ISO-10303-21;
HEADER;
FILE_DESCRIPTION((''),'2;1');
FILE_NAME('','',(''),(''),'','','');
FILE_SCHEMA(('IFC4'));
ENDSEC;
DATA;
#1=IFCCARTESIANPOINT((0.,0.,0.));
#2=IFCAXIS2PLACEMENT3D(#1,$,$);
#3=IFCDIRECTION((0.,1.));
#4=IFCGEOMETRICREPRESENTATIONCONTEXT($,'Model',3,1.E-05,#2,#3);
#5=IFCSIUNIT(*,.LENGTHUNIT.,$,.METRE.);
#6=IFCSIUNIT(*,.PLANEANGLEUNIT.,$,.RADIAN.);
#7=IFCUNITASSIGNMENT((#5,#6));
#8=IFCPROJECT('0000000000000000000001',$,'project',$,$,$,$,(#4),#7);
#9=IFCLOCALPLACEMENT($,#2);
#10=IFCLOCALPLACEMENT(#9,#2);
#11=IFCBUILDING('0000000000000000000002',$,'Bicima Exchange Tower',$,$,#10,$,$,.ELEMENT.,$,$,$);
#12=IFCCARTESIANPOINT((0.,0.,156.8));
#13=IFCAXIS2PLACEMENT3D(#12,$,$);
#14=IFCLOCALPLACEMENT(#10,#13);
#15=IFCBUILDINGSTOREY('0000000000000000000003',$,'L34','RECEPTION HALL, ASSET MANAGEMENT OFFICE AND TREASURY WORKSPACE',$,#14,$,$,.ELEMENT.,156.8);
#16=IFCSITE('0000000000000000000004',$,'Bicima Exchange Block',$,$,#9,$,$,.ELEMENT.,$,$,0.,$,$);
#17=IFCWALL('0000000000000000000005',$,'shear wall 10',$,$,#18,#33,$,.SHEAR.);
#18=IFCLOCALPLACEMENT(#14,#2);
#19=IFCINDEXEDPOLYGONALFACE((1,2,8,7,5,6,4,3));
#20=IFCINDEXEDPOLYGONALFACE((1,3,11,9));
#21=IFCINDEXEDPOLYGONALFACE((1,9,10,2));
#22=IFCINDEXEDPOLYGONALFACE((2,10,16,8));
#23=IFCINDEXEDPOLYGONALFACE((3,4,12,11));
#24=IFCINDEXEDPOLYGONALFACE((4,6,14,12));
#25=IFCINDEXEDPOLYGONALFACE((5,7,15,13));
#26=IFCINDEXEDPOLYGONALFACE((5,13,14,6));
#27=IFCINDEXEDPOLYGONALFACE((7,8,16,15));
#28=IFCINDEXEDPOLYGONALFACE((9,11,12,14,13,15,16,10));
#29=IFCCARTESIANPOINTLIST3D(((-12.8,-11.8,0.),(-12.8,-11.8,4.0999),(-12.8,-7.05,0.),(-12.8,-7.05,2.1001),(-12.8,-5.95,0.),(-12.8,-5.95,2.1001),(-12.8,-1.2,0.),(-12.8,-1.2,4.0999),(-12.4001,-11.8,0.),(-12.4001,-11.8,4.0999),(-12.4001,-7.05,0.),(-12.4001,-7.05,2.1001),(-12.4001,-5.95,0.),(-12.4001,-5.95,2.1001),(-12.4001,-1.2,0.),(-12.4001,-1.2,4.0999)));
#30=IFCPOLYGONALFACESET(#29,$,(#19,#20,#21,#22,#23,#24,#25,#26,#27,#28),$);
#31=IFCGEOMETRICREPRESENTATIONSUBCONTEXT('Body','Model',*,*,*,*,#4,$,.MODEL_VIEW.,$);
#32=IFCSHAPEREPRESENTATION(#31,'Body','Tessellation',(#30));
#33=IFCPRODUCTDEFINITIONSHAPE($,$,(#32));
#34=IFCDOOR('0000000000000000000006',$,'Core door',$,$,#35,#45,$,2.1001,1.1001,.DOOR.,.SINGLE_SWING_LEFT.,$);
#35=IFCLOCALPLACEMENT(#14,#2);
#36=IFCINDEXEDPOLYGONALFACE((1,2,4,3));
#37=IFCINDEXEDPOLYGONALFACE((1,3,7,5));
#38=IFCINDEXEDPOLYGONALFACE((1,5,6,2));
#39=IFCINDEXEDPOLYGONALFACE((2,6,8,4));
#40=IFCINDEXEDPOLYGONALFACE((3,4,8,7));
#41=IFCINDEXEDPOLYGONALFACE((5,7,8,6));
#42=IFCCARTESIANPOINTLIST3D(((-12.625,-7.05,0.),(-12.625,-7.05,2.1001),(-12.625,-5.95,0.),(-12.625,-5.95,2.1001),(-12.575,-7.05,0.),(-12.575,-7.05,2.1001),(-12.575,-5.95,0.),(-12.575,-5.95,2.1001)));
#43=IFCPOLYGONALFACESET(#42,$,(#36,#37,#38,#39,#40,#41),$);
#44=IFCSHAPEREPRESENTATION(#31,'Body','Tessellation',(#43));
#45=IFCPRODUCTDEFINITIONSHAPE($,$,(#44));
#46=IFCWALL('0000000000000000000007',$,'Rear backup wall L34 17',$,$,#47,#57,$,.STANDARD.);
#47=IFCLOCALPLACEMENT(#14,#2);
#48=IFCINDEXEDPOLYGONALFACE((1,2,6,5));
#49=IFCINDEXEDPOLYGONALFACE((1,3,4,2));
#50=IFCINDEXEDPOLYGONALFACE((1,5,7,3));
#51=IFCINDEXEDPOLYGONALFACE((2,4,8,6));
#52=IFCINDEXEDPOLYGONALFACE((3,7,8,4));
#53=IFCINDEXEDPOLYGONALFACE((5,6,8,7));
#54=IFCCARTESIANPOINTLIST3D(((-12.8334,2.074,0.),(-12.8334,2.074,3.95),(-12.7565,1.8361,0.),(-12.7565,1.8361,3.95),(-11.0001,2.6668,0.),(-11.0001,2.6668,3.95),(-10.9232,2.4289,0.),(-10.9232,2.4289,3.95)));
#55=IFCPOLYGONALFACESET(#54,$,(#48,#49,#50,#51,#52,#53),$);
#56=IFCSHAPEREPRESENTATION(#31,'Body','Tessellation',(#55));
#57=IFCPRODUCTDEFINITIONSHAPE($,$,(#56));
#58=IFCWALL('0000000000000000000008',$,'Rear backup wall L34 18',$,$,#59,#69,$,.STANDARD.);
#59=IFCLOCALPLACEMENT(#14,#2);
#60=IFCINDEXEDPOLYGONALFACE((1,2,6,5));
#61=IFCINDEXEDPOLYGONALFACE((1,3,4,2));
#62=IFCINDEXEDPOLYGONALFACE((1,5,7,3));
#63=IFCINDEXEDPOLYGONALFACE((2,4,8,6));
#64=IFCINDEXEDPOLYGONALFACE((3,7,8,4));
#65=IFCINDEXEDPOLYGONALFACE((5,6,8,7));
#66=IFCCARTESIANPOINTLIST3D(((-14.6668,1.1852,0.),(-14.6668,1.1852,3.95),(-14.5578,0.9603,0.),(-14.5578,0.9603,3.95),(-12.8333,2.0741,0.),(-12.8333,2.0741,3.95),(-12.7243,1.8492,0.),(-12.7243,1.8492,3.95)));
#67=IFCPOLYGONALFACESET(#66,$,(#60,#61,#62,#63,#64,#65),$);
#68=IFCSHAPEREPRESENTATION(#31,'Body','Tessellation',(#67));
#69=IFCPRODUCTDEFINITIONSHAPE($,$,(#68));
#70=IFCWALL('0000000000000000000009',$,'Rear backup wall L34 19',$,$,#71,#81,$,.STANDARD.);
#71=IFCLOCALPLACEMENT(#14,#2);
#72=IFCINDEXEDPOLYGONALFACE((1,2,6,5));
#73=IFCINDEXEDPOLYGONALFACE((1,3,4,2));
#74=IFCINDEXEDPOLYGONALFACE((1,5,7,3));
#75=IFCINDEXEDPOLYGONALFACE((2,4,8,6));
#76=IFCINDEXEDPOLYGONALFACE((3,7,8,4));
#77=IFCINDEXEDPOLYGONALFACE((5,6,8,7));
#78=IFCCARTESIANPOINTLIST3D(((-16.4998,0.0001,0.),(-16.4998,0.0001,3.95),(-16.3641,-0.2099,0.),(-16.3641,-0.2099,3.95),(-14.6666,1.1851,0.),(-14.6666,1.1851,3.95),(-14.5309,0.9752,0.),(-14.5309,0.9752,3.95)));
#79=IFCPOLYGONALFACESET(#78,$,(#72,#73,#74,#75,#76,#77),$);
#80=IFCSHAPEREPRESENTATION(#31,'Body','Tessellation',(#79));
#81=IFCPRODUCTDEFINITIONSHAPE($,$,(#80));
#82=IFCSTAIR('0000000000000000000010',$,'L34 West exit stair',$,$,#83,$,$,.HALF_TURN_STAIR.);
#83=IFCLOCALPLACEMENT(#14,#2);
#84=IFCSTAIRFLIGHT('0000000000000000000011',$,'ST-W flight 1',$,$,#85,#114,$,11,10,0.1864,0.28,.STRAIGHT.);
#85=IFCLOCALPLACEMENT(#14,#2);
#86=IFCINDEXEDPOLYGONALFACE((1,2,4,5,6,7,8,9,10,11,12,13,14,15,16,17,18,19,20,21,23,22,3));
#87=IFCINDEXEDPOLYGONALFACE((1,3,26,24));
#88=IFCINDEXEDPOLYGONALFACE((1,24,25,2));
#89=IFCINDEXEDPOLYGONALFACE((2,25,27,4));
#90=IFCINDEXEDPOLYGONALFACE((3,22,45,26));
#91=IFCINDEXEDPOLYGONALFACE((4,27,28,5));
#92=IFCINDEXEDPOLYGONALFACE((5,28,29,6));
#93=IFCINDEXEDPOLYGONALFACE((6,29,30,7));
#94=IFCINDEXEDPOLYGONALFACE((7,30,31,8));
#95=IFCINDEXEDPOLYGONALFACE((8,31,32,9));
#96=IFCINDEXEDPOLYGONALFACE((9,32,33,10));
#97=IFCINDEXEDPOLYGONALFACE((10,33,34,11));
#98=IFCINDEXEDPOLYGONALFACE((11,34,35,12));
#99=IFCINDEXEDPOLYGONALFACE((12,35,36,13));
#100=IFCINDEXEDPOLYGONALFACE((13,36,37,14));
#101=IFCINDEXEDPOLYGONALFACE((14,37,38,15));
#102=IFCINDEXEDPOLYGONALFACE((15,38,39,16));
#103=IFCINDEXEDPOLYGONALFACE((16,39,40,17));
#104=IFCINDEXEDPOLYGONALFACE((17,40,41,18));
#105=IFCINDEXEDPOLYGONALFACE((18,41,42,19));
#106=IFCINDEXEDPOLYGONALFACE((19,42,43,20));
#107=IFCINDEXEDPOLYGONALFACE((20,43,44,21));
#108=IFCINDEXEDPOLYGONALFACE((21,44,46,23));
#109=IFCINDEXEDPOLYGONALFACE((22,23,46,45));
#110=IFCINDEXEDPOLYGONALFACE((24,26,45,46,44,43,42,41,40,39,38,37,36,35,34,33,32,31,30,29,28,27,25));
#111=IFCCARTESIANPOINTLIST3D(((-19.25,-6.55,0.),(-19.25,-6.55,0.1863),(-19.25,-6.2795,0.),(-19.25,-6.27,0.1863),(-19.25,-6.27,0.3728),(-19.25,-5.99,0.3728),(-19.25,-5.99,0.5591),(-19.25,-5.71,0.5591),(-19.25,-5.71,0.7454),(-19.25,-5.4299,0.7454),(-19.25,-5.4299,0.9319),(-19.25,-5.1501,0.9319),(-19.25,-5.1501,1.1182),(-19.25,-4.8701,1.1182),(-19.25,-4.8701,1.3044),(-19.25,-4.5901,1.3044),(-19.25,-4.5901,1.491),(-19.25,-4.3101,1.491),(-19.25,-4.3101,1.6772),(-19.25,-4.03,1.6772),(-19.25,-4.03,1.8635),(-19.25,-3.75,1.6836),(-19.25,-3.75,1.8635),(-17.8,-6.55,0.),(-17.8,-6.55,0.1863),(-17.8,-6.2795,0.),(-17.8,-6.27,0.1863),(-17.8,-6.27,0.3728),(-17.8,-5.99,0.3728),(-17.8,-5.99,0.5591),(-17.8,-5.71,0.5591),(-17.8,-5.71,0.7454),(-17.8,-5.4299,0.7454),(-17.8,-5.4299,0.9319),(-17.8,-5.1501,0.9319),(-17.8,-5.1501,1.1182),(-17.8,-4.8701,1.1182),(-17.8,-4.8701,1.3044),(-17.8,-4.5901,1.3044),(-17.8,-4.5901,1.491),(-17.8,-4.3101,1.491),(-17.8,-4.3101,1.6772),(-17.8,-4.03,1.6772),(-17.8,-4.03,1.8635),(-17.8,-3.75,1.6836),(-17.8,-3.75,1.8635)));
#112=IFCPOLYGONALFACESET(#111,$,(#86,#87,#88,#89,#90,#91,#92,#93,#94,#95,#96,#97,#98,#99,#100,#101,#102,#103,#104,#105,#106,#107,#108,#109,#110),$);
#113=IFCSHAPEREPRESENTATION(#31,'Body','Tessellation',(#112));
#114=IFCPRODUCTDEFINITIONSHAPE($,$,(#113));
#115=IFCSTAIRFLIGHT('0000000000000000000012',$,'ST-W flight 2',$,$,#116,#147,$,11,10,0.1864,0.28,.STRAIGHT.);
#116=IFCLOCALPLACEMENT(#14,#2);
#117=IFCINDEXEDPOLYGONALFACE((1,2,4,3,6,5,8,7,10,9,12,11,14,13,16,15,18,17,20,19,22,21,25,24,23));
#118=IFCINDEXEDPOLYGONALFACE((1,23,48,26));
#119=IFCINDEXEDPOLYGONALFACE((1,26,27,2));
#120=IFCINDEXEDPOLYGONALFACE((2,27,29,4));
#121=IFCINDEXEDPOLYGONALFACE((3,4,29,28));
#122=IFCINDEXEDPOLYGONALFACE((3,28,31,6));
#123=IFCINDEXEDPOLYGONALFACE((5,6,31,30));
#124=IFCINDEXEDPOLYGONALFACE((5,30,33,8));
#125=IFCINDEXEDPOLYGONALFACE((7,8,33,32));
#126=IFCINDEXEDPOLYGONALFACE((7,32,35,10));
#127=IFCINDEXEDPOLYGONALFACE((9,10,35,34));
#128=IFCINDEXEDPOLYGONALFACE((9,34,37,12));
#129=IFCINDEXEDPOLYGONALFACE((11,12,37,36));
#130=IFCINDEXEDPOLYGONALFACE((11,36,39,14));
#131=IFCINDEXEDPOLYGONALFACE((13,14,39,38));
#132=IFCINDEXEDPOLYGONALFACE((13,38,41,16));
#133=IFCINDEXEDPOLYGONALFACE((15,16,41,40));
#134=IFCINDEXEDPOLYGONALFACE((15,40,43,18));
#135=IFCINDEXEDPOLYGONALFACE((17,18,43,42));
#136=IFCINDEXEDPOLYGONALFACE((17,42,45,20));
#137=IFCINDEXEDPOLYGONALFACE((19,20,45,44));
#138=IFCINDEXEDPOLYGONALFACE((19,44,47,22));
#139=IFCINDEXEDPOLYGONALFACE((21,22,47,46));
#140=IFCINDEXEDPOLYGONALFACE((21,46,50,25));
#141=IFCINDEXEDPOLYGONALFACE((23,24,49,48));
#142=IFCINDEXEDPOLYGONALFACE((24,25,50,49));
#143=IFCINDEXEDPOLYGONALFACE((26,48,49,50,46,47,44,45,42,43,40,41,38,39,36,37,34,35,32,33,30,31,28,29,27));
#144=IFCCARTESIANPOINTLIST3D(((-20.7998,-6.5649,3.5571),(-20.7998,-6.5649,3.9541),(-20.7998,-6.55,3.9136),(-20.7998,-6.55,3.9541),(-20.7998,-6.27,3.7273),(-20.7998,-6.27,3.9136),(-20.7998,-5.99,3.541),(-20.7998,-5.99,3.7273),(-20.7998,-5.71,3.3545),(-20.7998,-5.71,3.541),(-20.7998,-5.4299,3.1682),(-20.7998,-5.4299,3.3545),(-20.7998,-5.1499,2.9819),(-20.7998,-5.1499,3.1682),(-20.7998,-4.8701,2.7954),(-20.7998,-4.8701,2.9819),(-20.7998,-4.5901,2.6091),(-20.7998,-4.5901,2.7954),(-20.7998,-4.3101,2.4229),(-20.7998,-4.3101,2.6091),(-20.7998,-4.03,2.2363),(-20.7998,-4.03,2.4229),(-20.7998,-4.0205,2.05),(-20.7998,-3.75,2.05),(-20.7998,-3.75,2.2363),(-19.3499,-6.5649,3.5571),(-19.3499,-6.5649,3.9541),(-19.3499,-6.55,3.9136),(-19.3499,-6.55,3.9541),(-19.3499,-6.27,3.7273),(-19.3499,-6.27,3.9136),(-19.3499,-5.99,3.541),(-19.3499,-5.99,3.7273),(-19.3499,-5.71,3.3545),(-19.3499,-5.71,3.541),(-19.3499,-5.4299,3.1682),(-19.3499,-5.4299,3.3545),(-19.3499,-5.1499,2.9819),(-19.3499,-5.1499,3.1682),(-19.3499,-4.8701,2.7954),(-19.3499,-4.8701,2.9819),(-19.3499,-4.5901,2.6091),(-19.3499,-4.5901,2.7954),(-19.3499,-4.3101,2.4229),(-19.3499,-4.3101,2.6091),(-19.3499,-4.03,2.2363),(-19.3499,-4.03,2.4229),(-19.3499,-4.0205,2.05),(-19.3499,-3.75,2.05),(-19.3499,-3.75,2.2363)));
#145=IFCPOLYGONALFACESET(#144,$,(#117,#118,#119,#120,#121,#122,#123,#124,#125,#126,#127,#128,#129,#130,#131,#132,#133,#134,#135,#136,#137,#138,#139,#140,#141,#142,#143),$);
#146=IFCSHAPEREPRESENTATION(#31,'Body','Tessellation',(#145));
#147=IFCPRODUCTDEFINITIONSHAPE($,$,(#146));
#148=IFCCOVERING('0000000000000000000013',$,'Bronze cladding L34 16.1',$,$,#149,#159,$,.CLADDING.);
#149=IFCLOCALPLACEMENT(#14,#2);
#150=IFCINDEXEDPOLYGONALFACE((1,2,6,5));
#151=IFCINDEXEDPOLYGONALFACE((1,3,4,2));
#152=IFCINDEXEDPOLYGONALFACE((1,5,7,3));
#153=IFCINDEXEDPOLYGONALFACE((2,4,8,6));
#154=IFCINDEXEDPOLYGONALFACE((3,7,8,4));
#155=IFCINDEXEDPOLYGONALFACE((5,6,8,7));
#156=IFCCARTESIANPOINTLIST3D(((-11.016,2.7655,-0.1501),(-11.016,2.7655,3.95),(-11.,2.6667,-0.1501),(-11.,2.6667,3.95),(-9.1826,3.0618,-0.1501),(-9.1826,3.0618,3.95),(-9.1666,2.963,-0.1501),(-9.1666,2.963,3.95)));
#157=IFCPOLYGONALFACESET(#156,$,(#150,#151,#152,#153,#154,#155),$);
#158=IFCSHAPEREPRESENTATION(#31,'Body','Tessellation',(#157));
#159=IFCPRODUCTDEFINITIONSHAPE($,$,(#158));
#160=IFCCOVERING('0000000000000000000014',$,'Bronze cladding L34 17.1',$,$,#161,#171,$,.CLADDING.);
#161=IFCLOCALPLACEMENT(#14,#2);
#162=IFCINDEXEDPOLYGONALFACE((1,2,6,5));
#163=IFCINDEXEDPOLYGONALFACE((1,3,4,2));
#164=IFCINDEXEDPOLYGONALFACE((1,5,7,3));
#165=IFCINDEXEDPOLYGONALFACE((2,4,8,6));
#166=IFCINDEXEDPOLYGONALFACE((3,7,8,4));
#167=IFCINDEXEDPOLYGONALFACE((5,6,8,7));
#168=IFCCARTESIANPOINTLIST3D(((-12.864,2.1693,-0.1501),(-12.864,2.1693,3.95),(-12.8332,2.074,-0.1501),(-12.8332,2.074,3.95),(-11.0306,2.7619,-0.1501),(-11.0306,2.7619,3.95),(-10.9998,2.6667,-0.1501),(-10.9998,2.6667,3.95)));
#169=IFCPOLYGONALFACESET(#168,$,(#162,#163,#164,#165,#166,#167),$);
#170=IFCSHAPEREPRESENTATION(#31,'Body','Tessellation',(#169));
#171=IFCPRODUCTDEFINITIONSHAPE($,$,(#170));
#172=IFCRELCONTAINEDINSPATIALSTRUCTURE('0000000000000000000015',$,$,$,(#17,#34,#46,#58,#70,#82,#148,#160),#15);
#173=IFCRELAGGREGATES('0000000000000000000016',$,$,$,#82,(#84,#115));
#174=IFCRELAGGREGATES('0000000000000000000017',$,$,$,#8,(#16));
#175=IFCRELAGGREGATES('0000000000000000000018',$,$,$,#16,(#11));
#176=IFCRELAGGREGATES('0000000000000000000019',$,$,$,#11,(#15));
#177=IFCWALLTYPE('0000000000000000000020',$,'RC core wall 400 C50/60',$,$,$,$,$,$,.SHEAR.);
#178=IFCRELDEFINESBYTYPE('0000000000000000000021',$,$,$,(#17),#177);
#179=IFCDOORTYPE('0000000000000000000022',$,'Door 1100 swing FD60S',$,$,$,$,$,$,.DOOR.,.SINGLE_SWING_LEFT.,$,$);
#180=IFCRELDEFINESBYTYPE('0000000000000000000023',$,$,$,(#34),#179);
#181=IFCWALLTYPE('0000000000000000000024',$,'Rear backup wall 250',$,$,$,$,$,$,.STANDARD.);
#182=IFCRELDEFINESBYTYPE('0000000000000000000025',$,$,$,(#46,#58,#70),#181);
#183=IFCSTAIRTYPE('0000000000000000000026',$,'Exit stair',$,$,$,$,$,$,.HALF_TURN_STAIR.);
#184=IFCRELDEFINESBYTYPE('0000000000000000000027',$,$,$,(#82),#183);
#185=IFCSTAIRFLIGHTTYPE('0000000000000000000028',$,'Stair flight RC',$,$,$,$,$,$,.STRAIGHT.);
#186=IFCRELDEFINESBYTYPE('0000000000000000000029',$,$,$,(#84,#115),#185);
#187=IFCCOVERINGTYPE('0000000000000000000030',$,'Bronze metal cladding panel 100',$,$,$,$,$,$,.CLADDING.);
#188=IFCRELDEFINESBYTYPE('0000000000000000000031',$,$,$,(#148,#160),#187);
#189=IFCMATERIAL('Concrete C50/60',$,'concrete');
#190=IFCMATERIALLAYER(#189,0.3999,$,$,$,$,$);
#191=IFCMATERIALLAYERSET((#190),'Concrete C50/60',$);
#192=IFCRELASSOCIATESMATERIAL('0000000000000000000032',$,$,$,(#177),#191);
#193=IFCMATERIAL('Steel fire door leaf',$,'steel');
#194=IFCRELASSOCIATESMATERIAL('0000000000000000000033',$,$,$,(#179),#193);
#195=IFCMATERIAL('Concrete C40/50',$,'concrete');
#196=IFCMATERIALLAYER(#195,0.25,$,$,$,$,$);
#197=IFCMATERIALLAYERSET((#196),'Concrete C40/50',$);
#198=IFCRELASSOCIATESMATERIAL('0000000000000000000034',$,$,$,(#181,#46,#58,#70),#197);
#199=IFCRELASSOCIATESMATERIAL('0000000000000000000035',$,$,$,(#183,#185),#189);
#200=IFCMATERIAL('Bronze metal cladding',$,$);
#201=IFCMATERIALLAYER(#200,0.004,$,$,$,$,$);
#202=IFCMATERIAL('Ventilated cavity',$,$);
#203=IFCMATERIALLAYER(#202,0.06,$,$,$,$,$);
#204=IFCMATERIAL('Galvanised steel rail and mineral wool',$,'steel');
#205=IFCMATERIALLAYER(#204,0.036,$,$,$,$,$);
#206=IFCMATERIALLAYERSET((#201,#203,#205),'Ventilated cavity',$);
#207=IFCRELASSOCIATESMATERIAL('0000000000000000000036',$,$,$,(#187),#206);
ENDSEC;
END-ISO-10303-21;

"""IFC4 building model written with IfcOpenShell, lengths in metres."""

from ifc_helpers import new_model, si_unit, direction, frame, frame_2d, origin, origin_2d, place, context, subcontext, project, spatial, polyline, rectangle, outline, extrude, material, layer, layer_set, layer_usage, type_object, element, fill, aggregate, save


model = new_model("IFC4")

# Units and contexts
model_context = context("Model", 3, precision=1e-05, world=origin(), true_north=direction((0.0, 1.0)))
body_context = subcontext(model_context, "Body", "Model", "MODEL_VIEW")
ifc_project = project(units=[si_unit("LENGTHUNIT", "METRE"), si_unit("PLANEANGLEUNIT", "RADIAN")], contexts=[model_context])

# Site, building, storey
site_placement = place(None, origin())
site = spatial("IfcSite", under=ifc_project, at=site_placement, Name="Bicima Exchange Block", CompositionType="ELEMENT", RefElevation=0.0)
building_placement = place(site_placement, origin())
building = spatial("IfcBuilding", under=site, at=building_placement, Name="Bicima Exchange Tower", CompositionType="ELEMENT")
storey_placement = place(building_placement, frame((0.0, 0.0, 156.8)))
storey = spatial("IfcBuildingStorey", under=building, at=storey_placement, Name="L34", Description="RECEPTION HALL, ASSET MANAGEMENT OFFICE AND TREASURY WORKSPACE", CompositionType="ELEMENT", Elevation=156.8)

# Shared definitions
ifc_material_1 = material(Name="Concrete C50/60", Category="concrete")
ifc_layer_1 = layer(ifc_material_1, 0.3999)
ifc_layer_set_1 = layer_set([ifc_layer_1], Name="Concrete C50/60")
wall_type_1 = type_object("IfcWallType", Name="RC core wall 400 C50/60", PredefinedType="SHEAR", material=ifc_layer_set_1)
ifc_material_2 = material(Name="Steel fire door leaf", Category="steel")
door_type_1 = type_object("IfcDoorType", Name="Door 1100 swing FD60S", OperationType="SINGLE_SWING_LEFT", PredefinedType="DOOR", material=ifc_material_2)

# Wall, opening, door
wall_1_placement = place(storey_placement, frame((-12.6001, -11.8, 0.0), z_axis=(0.0, 0.0, 1.0), x_axis=(0.0, 1.0, 0.0)))
wall_1 = element("IfcWall", 1, at=wall_1_placement, inside=storey, type_object=wall_type_1, Name="shear wall 10", PredefinedType="SHEAR", context=body_context, shape_type="SweptSolid", body=[
    extrude(rectangle(XDim=10.6001, YDim=0.3999, at=frame_2d((5.3, 0.0))), origin(), (0.0, 0.0, 1.0), 4.0999),
])
opening_1_placement = place(wall_1_placement, frame((4.75, 0.0, 0.0)))
opening_1 = element("IfcOpeningElement", 2, at=opening_1_placement, cuts=wall_1, PredefinedType="OPENING", context=body_context, shape_type="SweptSolid", body=[
    extrude(rectangle(XDim=1.1001, YDim=2.1001, at=frame_2d((0.55, 1.05))), frame((0.0, 0.2119, 0.0), z_axis=(0.0, -1.0, 0.0), x_axis=(1.0, 0.0, 0.0)), (0.0, 0.0, 1.0), 0.4238),
])
door_1_placement = place(opening_1_placement, origin())
door_1 = element("IfcDoor", 3, at=door_1_placement, inside=storey, type_object=door_type_1, Name="Core door", OperationType="SINGLE_SWING_LEFT", OverallHeight=2.1001, OverallWidth=1.1001, PredefinedType="DOOR", context=body_context, shape_type="SweptSolid", body=[
    extrude(rectangle(XDim=1.1001, YDim=2.1001, at=frame_2d((0.55, 1.05))), frame((0.0, 0.0249, 0.0), z_axis=(0.0, -1.0, 0.0), x_axis=(1.0, 0.0, 0.0)), (0.0, 0.0, 1.0), 0.05),
])
fill(opening_1, door_1)

# Walls
ifc_material_3 = material(Name="Concrete C40/50", Category="concrete")
ifc_layer_2 = layer(ifc_material_3, 0.25)
ifc_layer_set_2 = layer_set([ifc_layer_2], Name="Concrete C40/50")
ifc_layer_usage = layer_usage(ifc_layer_set_2, "AXIS2", "POSITIVE", -0.125)
wall_type_2 = type_object("IfcWallType", Name="Rear backup wall 250", PredefinedType="STANDARD", material=ifc_layer_set_2)
wall_2_placement = place(storey_placement, frame((-10.9617, 2.5479, 0.0), z_axis=(0.0, 0.0, 1.0), x_axis=(-0.951496, -0.307662, 0.0)))
element("IfcWall", 4, at=wall_2_placement, inside=storey, type_object=wall_type_2, material=ifc_layer_usage, Name="Rear backup wall L34 17", PredefinedType="STANDARD", context=body_context, shape_type="SweptSolid", body=[
    extrude(rectangle(XDim=1.9268, YDim=0.25, at=frame_2d((0.9634, 0.0))), origin(), (0.0, 0.0, 1.0), 3.95),
])
wall_3_placement = place(storey_placement, frame((-12.7788, 1.9617, 0.0), z_axis=(0.0, 0.0, 1.0), x_axis=(-0.899824, -0.436253, 0.0)))
element("IfcWall", 5, at=wall_3_placement, inside=storey, type_object=wall_type_2, material=ifc_layer_usage, Name="Rear backup wall L34 18", PredefinedType="STANDARD", context=body_context, shape_type="SweptSolid", body=[
    extrude(rectangle(XDim=2.0376, YDim=0.25, at=frame_2d((1.0188, 0.0))), origin(), (0.0, 0.0, 1.0), 3.95),
])
wall_4_placement = place(storey_placement, frame((-14.5989, 1.0801, 0.0), z_axis=(0.0, 0.0, 1.0), x_axis=(-0.839813, -0.542876, 0.0)))
element("IfcWall", 6, at=wall_4_placement, inside=storey, type_object=wall_type_2, material=ifc_layer_usage, Name="Rear backup wall L34 19", PredefinedType="STANDARD", context=body_context, shape_type="SweptSolid", body=[
    extrude(rectangle(XDim=2.1829, YDim=0.25, at=frame_2d((1.0913, 0.0))), origin(), (0.0, 0.0, 1.0), 3.95),
])

# Stair, stair flights
stair_type = type_object("IfcStairType", Name="Exit stair", PredefinedType="HALF_TURN_STAIR", material=ifc_material_1)
stair_placement = place(storey_placement, origin())
stair = element("IfcStair", 7, at=stair_placement, inside=storey, type_object=stair_type, Name="L34 West exit stair", PredefinedType="HALF_TURN_STAIR")
stair_flight_type = type_object("IfcStairFlightType", Name="Stair flight RC", PredefinedType="STRAIGHT", material=ifc_material_1)
stair_flight_1_placement = place(storey_placement, frame((-18.5249, -6.55, 0.0), z_axis=(0.0, 0.0, 1.0), x_axis=(0.0, 1.0, 0.0)))
stair_flight_1 = element("IfcStairFlight", 8, at=stair_flight_1_placement, type_object=stair_flight_type, Name="ST-W flight 1", NumberOfRisers=11, NumberOfTreads=10, PredefinedType="STRAIGHT", RiserHeight=0.1864, TreadLength=0.28, context=body_context, shape_type="SweptSolid", body=[
    extrude(outline(polyline([(0.0, 0.0), (0.0, 0.1863), (0.28, 0.1863), (0.28, 0.3728), (0.5601, 0.3728), (0.5601, 0.5591), (0.8401, 0.5591), (0.8401, 0.7454), (1.1201, 0.7454), (1.1201, 0.9319), (1.3999, 0.9319), (1.3999, 1.1182), (1.6799, 1.1182), (1.6799, 1.3044), (1.96, 1.3044), (1.96, 1.491), (2.24, 1.491), (2.24, 1.6772), (2.52, 1.6772), (2.52, 1.8635), (2.8, 1.8635), (2.8, 2.05), (2.8, 1.6836), (0.2705, 0.0), (0.0, 0.0)])), frame((0.0, 0.7251, 0.0), z_axis=(0.0, -1.0, 0.0), x_axis=(1.0, 0.0, 0.0)), (0.0, 0.0, 1.0), 1.45),
])
stair_flight_2_placement = place(storey_placement, frame((-20.075, -3.75, 2.05), z_axis=(0.0, 0.0, 1.0), x_axis=(0.0, -1.0, 0.0)))
stair_flight_2 = element("IfcStairFlight", 9, at=stair_flight_2_placement, type_object=stair_flight_type, Name="ST-W flight 2", NumberOfRisers=11, NumberOfTreads=10, PredefinedType="STRAIGHT", RiserHeight=0.1864, TreadLength=0.28, context=body_context, shape_type="SweptSolid", body=[
    extrude(outline(polyline([(0.0, 0.0), (0.0, 0.1863), (0.28, 0.1863), (0.28, 0.3728), (0.5601, 0.3728), (0.5601, 0.5591), (0.8401, 0.5591), (0.8401, 0.7454), (1.1201, 0.7454), (1.1201, 0.9319), (1.3999, 0.9319), (1.3999, 1.1182), (1.6799, 1.1182), (1.6799, 1.3044), (1.96, 1.3044), (1.96, 1.491), (2.24, 1.491), (2.24, 1.6772), (2.52, 1.6772), (2.52, 1.8635), (2.8, 1.8635), (2.8, 1.9041), (2.8149, 1.9041), (2.8149, 1.5071), (0.2705, 0.0), (0.0, 0.0)])), frame((0.0, 0.7251, 0.0), z_axis=(0.0, -1.0, 0.0), x_axis=(1.0, 0.0, 0.0)), (0.0, 0.0, 1.0), 1.45),
])
aggregate(stair, [stair_flight_1, stair_flight_2])

# Coverings
ifc_material_4 = material(Name="Bronze metal cladding")
ifc_layer_3 = layer(ifc_material_4, 0.004)
ifc_material_5 = material(Name="Ventilated cavity")
ifc_layer_4 = layer(ifc_material_5, 0.06)
ifc_material_6 = material(Name="Galvanised steel rail and mineral wool", Category="steel")
ifc_layer_5 = layer(ifc_material_6, 0.036)
ifc_layer_set_3 = layer_set([ifc_layer_3, ifc_layer_4, ifc_layer_5], Name="Ventilated cavity")
covering_type = type_object("IfcCoveringType", Name="Bronze metal cladding panel 100", PredefinedType="CLADDING", material=ifc_layer_set_3)
covering_1_placement = place(storey_placement, frame((-10.0913, 2.8643, -0.1501), z_axis=(0.0, 0.0, 1.0), x_axis=(-0.98719, -0.15955, 0.0)))
element("IfcCovering", 10, at=covering_1_placement, inside=storey, type_object=covering_type, Name="Bronze cladding L34 16.1", PredefinedType="CLADDING", context=body_context, shape_type="SweptSolid", body=[
    extrude(rectangle(XDim=1.8572, YDim=0.1001, at=origin_2d()), origin(), (0.0, 0.0, 1.0), 4.1001),
])
covering_2_placement = place(storey_placement, frame((-11.9319, 2.418, -0.1501), z_axis=(0.0, 0.0, 1.0), x_axis=(-0.951525, -0.307573, 0.0)))
element("IfcCovering", 11, at=covering_2_placement, inside=storey, type_object=covering_type, Name="Bronze cladding L34 17.1", PredefinedType="CLADDING", context=body_context, shape_type="SweptSolid", body=[
    extrude(rectangle(XDim=1.9268, YDim=0.1001, at=origin_2d()), origin(), (0.0, 0.0, 1.0), 4.1001),
])

save(model, "model.ifc")
